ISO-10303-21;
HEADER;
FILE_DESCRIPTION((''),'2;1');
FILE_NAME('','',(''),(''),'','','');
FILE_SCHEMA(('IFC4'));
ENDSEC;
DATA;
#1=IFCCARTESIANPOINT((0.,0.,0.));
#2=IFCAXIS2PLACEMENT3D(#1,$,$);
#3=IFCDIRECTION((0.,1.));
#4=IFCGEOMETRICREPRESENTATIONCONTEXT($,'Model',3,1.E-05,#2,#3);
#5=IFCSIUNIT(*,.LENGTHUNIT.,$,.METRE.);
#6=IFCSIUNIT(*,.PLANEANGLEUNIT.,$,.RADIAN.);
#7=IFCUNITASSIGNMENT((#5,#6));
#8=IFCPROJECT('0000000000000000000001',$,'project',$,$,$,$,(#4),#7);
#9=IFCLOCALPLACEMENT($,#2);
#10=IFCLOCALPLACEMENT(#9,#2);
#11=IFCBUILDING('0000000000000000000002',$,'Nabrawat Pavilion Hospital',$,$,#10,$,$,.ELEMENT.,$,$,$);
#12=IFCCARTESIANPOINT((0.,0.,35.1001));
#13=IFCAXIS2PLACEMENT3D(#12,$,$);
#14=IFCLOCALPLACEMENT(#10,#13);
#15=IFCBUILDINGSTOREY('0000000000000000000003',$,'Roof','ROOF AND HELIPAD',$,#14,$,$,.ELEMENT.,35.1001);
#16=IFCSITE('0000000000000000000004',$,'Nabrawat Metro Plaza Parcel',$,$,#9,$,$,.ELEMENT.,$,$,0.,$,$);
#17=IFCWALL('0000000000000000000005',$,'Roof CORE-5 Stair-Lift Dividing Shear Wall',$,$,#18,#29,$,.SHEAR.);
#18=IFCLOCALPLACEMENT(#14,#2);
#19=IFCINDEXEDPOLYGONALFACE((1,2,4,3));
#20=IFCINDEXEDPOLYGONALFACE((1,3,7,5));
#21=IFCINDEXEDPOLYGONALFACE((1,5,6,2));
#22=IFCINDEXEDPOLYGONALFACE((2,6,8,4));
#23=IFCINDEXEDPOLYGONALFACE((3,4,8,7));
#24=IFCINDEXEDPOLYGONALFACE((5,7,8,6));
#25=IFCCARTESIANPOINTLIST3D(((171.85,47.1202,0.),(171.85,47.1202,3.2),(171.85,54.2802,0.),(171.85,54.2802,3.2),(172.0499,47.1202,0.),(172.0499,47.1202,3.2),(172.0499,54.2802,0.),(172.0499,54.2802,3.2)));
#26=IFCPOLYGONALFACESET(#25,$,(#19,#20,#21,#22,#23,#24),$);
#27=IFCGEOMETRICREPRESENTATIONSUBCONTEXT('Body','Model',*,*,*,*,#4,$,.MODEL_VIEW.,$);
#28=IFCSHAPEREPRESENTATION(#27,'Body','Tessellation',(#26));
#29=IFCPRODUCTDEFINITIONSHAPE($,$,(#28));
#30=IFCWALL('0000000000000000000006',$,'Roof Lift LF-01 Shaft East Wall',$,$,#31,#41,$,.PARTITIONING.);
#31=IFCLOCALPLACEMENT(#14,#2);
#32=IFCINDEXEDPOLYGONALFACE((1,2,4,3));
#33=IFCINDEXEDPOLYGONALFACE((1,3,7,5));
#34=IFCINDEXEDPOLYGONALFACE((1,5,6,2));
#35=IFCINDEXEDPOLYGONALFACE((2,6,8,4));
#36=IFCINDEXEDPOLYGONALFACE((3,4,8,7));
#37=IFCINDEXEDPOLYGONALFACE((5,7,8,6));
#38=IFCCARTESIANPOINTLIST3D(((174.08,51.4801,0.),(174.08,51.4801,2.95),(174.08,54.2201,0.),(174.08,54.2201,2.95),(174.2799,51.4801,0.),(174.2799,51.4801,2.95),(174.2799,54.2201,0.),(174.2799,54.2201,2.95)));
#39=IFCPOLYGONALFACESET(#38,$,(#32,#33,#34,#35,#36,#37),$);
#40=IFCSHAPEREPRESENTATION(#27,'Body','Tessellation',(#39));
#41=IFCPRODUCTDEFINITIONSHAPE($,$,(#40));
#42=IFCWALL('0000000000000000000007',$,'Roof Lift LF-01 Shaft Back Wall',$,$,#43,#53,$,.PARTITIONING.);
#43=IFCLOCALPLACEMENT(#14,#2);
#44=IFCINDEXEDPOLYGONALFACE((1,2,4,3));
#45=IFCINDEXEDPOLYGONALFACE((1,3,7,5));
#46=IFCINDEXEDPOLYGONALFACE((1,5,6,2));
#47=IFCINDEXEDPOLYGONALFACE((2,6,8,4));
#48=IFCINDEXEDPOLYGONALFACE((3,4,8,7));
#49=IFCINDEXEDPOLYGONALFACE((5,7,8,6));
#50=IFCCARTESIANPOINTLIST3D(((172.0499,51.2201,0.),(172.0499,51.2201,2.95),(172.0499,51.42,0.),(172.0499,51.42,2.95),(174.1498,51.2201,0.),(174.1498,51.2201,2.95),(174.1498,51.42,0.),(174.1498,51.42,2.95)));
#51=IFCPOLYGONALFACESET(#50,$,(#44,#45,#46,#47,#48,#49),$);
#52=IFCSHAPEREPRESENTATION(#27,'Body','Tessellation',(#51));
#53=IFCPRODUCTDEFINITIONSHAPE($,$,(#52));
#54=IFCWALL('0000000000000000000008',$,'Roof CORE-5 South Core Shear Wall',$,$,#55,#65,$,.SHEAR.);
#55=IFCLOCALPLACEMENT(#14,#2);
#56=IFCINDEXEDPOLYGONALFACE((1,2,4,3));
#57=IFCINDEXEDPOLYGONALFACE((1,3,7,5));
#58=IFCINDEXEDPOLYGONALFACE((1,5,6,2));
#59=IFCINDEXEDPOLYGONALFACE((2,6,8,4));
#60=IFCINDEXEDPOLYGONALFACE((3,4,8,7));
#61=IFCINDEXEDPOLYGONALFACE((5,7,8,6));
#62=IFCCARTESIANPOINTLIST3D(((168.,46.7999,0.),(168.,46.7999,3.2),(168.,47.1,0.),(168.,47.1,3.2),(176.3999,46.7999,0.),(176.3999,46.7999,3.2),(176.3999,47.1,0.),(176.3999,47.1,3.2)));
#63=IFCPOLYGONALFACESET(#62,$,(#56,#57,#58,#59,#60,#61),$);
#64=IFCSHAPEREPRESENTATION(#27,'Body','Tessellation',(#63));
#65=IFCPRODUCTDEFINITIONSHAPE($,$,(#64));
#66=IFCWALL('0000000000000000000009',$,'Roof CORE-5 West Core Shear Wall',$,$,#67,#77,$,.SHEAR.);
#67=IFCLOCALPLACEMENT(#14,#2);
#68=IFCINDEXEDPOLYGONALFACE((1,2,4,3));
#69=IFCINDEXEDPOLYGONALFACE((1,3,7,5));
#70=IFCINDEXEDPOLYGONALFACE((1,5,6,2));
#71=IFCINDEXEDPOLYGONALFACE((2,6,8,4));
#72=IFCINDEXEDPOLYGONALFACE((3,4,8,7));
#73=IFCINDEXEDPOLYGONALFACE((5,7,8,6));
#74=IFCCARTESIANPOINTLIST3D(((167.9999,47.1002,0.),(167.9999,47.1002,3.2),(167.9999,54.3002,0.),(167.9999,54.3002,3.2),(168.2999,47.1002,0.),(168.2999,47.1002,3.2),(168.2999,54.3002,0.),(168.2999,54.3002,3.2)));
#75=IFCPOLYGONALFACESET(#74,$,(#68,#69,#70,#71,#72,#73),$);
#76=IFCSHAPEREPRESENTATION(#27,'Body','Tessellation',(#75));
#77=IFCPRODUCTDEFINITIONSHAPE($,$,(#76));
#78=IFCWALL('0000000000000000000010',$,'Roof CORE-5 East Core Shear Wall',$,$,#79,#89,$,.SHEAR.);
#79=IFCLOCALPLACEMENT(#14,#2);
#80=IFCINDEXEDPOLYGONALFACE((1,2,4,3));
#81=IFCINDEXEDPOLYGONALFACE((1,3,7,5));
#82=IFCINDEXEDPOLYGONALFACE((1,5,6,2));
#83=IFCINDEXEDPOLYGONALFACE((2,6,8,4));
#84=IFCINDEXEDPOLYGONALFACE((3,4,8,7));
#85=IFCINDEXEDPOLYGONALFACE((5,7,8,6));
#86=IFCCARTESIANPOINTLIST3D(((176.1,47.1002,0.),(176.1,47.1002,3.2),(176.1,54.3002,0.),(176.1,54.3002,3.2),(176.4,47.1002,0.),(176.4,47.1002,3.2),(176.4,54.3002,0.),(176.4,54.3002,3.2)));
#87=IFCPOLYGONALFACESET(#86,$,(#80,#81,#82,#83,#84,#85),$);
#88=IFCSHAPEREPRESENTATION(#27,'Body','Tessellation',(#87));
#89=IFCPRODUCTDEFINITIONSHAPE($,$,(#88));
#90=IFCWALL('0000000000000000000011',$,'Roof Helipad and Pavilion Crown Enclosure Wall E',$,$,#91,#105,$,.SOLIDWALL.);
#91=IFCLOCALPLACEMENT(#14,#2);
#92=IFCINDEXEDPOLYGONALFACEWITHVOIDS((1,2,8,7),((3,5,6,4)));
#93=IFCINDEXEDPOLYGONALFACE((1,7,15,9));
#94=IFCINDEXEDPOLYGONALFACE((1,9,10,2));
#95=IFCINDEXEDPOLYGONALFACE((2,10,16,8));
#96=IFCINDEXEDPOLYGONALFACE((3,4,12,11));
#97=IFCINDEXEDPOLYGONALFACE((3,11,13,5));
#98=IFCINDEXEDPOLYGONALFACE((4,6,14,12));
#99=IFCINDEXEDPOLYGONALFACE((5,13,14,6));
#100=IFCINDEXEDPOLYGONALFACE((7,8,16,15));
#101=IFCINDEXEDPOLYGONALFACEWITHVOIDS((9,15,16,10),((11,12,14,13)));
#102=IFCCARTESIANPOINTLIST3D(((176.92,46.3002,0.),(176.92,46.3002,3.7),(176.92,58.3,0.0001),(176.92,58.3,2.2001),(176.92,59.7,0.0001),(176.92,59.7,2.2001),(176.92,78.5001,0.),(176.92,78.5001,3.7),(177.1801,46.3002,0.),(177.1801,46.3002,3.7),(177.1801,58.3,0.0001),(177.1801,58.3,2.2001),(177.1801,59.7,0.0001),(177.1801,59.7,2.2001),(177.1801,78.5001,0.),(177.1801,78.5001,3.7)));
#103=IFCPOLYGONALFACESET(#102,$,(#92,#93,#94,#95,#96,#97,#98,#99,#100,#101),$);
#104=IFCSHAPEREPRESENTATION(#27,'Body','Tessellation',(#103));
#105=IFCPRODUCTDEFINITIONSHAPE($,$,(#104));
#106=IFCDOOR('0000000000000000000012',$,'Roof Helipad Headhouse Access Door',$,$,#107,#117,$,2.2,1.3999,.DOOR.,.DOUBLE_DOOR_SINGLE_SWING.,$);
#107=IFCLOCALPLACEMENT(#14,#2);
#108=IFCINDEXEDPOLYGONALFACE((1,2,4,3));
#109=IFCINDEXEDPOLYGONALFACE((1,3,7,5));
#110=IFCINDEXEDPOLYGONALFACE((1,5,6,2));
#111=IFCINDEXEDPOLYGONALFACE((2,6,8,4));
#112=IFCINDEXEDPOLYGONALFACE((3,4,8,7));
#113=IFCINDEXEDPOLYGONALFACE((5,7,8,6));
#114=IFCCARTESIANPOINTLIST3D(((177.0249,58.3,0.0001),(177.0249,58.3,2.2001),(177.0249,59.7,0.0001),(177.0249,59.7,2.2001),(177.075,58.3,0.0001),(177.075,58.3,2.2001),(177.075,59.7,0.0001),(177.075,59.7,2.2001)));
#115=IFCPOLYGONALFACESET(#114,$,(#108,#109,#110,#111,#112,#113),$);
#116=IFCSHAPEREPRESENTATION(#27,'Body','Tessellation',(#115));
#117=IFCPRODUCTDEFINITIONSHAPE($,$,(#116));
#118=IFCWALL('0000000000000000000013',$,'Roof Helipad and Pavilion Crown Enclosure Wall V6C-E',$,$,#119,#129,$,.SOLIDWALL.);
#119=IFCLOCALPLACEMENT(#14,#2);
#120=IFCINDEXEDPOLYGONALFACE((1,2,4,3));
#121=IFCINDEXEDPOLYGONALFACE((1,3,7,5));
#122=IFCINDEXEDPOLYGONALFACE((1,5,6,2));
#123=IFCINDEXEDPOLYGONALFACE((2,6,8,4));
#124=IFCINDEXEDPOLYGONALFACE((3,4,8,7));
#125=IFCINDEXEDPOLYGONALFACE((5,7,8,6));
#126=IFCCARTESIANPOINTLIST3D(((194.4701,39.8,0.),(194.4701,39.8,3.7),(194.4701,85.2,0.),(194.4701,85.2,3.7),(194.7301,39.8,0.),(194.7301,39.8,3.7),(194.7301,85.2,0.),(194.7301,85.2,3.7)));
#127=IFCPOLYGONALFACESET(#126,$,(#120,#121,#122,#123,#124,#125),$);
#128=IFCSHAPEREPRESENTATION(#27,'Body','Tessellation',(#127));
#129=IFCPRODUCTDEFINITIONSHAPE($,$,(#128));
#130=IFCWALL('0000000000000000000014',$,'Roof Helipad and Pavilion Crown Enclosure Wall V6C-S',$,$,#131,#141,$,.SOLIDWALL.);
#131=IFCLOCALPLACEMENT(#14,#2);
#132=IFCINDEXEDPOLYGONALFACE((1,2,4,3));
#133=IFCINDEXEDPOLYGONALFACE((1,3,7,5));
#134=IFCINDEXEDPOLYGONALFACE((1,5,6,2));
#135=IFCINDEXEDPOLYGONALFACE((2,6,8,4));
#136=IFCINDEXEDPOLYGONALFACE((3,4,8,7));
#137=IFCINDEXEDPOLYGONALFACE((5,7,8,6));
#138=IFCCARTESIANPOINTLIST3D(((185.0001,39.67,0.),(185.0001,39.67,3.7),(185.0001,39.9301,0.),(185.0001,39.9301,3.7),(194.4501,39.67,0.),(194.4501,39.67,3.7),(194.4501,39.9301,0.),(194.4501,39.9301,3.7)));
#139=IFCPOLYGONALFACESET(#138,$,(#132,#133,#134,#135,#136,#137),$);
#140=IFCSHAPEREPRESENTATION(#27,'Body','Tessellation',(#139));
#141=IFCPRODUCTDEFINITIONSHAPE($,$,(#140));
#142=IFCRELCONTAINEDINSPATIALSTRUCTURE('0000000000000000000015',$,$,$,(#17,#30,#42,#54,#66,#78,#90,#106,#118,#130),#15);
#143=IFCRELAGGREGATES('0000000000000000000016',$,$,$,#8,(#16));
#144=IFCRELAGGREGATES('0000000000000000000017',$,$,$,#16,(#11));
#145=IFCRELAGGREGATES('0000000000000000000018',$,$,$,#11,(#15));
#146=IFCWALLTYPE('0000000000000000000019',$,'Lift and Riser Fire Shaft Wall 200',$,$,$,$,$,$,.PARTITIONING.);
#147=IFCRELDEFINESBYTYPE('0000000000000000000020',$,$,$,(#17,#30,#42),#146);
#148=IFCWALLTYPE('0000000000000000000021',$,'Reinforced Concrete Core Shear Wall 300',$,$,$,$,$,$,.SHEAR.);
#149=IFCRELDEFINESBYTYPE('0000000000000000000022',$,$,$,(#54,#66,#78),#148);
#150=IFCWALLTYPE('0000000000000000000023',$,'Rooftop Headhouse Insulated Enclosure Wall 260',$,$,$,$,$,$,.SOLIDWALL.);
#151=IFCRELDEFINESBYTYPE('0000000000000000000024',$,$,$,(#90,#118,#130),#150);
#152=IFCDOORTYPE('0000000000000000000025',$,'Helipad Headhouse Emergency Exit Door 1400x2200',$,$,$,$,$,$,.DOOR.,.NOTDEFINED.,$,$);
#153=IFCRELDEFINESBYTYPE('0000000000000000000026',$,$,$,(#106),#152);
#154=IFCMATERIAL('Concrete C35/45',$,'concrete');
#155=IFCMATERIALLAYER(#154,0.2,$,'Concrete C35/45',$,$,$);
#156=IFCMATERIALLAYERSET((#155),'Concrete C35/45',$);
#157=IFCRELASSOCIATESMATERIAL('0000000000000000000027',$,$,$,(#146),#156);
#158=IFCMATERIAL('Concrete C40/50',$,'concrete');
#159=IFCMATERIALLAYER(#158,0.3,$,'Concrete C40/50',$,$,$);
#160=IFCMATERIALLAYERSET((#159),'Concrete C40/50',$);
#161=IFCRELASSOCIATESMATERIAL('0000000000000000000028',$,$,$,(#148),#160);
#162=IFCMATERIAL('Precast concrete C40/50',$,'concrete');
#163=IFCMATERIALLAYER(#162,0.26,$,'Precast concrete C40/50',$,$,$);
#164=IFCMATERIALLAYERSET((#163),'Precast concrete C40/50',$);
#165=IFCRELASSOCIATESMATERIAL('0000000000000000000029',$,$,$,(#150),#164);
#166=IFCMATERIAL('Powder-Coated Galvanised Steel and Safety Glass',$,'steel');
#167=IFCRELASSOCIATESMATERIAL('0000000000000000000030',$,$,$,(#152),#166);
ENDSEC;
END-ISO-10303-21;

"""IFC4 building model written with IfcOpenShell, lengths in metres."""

from ifc_helpers import new_model, si_unit, direction, frame, frame_2d, origin, place, context, subcontext, project, spatial, rectangle, extrude, material, layer, layer_set, type_object, element, fill, save


model = new_model("IFC4")

# Units and contexts
model_context = context("Model", 3, precision=1e-05, world=origin(), true_north=direction((0.0, 1.0)))
body_context = subcontext(model_context, "Body", "Model", "MODEL_VIEW")
ifc_project = project(units=[si_unit("LENGTHUNIT", "METRE"), si_unit("PLANEANGLEUNIT", "RADIAN")], contexts=[model_context])

# Site, building, storey
site_placement = place(None, origin())
site = spatial("IfcSite", under=ifc_project, at=site_placement, Name="Nabrawat Metro Plaza Parcel", CompositionType="ELEMENT", RefElevation=0.0)
building_placement = place(site_placement, origin())
building = spatial("IfcBuilding", under=site, at=building_placement, Name="Nabrawat Pavilion Hospital", CompositionType="ELEMENT")
storey_placement = place(building_placement, frame((0.0, 0.0, 35.1001)))
storey = spatial("IfcBuildingStorey", under=building, at=storey_placement, Name="Roof", Description="ROOF AND HELIPAD", CompositionType="ELEMENT", Elevation=35.1001)

# Shared definitions
ifc_material_1 = material(Name="Concrete C35/45", Category="concrete")

# Walls
ifc_layer_1 = layer(ifc_material_1, 0.2, Name="Concrete C35/45")
ifc_layer_set_1 = layer_set([ifc_layer_1], Name="Concrete C35/45")
wall_type_1 = type_object("IfcWallType", Name="Lift and Riser Fire Shaft Wall 200", PredefinedType="PARTITIONING", material=ifc_layer_set_1)
wall_1_placement = place(storey_placement, frame((171.95, 47.1201, 0.0), z_axis=(0.0, 0.0, 1.0), x_axis=(0.0, 1.0, 0.0)))
element("IfcWall", 1, at=wall_1_placement, inside=storey, type_object=wall_type_1, Name="Roof CORE-5 Stair-Lift Dividing Shear Wall", PredefinedType="SHEAR", context=body_context, shape_type="SweptSolid", body=[
    extrude(rectangle(XDim=7.1599, YDim=0.2, at=frame_2d((3.5801, 0.0))), origin(), (0.0, 0.0, 1.0), 3.2),
])
wall_2_placement = place(storey_placement, frame((174.1799, 51.48, 0.0), z_axis=(0.0, 0.0, 1.0), x_axis=(0.0, 1.0, 0.0)))
element("IfcWall", 2, at=wall_2_placement, inside=storey, type_object=wall_type_1, Name="Roof Lift LF-01 Shaft East Wall", PredefinedType="PARTITIONING", context=body_context, shape_type="SweptSolid", body=[
    extrude(rectangle(XDim=2.74, YDim=0.2, at=frame_2d((1.3701, 0.0))), origin(), (0.0, 0.0, 1.0), 2.95),
])
wall_3_placement = place(storey_placement, frame((172.05, 51.3201, 0.0), z_axis=(0.0, 0.0, 1.0), x_axis=(1.0, 0.0, 0.0)))
element("IfcWall", 3, at=wall_3_placement, inside=storey, type_object=wall_type_1, Name="Roof Lift LF-01 Shaft Back Wall", PredefinedType="PARTITIONING", context=body_context, shape_type="SweptSolid", body=[
    extrude(rectangle(XDim=2.0999, YDim=0.2, at=frame_2d((1.0498, 0.0))), origin(), (0.0, 0.0, 1.0), 2.95),
])
ifc_material_2 = material(Name="Concrete C40/50", Category="concrete")
ifc_layer_2 = layer(ifc_material_2, 0.3, Name="Concrete C40/50")
ifc_layer_set_2 = layer_set([ifc_layer_2], Name="Concrete C40/50")
wall_type_2 = type_object("IfcWallType", Name="Reinforced Concrete Core Shear Wall 300", PredefinedType="SHEAR", material=ifc_layer_set_2)
wall_4_placement = place(storey_placement, frame((168.0, 46.95, 0.0), z_axis=(0.0, 0.0, 1.0), x_axis=(1.0, 0.0, 0.0)))
element("IfcWall", 4, at=wall_4_placement, inside=storey, type_object=wall_type_2, Name="Roof CORE-5 South Core Shear Wall", PredefinedType="SHEAR", context=body_context, shape_type="SweptSolid", body=[
    extrude(rectangle(XDim=8.3999, YDim=0.3, at=frame_2d((4.2, 0.0))), origin(), (0.0, 0.0, 1.0), 3.2),
])
for number, where, z_axis, x_axis, name in (
    (5, (168.1499, 47.1001, 0.0), (0.0, 0.0, 1.0), (0.0, 1.0, 0.0), "Roof CORE-5 West Core Shear Wall"),
    (6, (176.25, 47.1001, 0.0), (0.0, 0.0, 1.0), (0.0, 1.0, 0.0), "Roof CORE-5 East Core Shear Wall"),
):
    element("IfcWall", number, at=place(storey_placement, frame(where, z_axis=z_axis, x_axis=x_axis)), inside=storey, type_object=wall_type_2, Name=name, PredefinedType="SHEAR", context=body_context, shape_type="SweptSolid", body=[
        extrude(rectangle(XDim=7.2, YDim=0.3, at=frame_2d((3.6001, 0.0))), origin(), (0.0, 0.0, 1.0), 3.2),
    ])

# Wall, opening, door
ifc_material_3 = material(Name="Precast concrete C40/50", Category="concrete")
ifc_layer_3 = layer(ifc_material_3, 0.26, Name="Precast concrete C40/50")
ifc_layer_set_3 = layer_set([ifc_layer_3], Name="Precast concrete C40/50")
wall_type_3 = type_object("IfcWallType", Name="Rooftop Headhouse Insulated Enclosure Wall 260", PredefinedType="SOLIDWALL", material=ifc_layer_set_3)
wall_5_placement = place(storey_placement, frame((177.05, 46.3, 0.0), z_axis=(0.0, 0.0, 1.0), x_axis=(0.0, 1.0, 0.0)))
wall_5 = element("IfcWall", 7, at=wall_5_placement, inside=storey, type_object=wall_type_3, Name="Roof Helipad and Pavilion Crown Enclosure Wall E", PredefinedType="SOLIDWALL", context=body_context, shape_type="SweptSolid", body=[
    extrude(rectangle(XDim=32.2, YDim=0.26, at=frame_2d((16.1001, 0.0))), origin(), (0.0, 0.0, 1.0), 3.7),
])
opening_placement = place(wall_5_placement, frame((12.0, 0.0, 0.0)))
opening = element("IfcOpeningElement", 8, at=opening_placement, cuts=wall_5, PredefinedType="OPENING", context=body_context, shape_type="SweptSolid", body=[
    extrude(rectangle(XDim=1.3999, YDim=2.2, at=frame_2d((0.7, 1.1001))), frame((0.0, 0.1401, 0.0), z_axis=(0.0, -1.0, 0.0), x_axis=(1.0, 0.0, 0.0)), (0.0, 0.0, 1.0), 0.28),
])
ifc_material_4 = material(Name="Powder-Coated Galvanised Steel and Safety Glass", Category="steel")
door_type = type_object("IfcDoorType", Name="Helipad Headhouse Emergency Exit Door 1400x2200", OperationType="NOTDEFINED", PredefinedType="DOOR", material=ifc_material_4)
door_placement = place(opening_placement, frame((1.3999, 0.0, 0.0), z_axis=(0.0, 0.0, 1.0), x_axis=(-1.0, 0.0, 0.0)))
door = element("IfcDoor", 9, at=door_placement, inside=storey, type_object=door_type, Name="Roof Helipad Headhouse Access Door", OperationType="DOUBLE_DOOR_SINGLE_SWING", OverallHeight=2.2, OverallWidth=1.3999, PredefinedType="DOOR", context=body_context, shape_type="SweptSolid", body=[
    extrude(rectangle(XDim=1.3999, YDim=2.2, at=frame_2d((0.7, 1.1001))), frame((0.0, 0.0249, 0.0), z_axis=(0.0, -1.0, 0.0), x_axis=(1.0, 0.0, 0.0)), (0.0, 0.0, 1.0), 0.05),
])
fill(opening, door)

# Walls
wall_6_placement = place(storey_placement, frame((194.6001, 39.8, 0.0), z_axis=(0.0, 0.0, 1.0), x_axis=(0.0, 1.0, 0.0)))
element("IfcWall", 10, at=wall_6_placement, inside=storey, type_object=wall_type_3, Name="Roof Helipad and Pavilion Crown Enclosure Wall V6C-E", PredefinedType="SOLIDWALL", context=body_context, shape_type="SweptSolid", body=[
    extrude(rectangle(XDim=45.3999, YDim=0.26, at=frame_2d((22.7, 0.0))), origin(), (0.0, 0.0, 1.0), 3.7),
])
wall_7_placement = place(storey_placement, frame((185.0, 39.8, 0.0), z_axis=(0.0, 0.0, 1.0), x_axis=(1.0, 0.0, 0.0)))
element("IfcWall", 11, at=wall_7_placement, inside=storey, type_object=wall_type_3, Name="Roof Helipad and Pavilion Crown Enclosure Wall V6C-S", PredefinedType="SOLIDWALL", context=body_context, shape_type="SweptSolid", body=[
    extrude(rectangle(XDim=9.45, YDim=0.26, at=frame_2d((4.7251, 0.0))), origin(), (0.0, 0.0, 1.0), 3.7),
])

save(model, "model.ifc")
